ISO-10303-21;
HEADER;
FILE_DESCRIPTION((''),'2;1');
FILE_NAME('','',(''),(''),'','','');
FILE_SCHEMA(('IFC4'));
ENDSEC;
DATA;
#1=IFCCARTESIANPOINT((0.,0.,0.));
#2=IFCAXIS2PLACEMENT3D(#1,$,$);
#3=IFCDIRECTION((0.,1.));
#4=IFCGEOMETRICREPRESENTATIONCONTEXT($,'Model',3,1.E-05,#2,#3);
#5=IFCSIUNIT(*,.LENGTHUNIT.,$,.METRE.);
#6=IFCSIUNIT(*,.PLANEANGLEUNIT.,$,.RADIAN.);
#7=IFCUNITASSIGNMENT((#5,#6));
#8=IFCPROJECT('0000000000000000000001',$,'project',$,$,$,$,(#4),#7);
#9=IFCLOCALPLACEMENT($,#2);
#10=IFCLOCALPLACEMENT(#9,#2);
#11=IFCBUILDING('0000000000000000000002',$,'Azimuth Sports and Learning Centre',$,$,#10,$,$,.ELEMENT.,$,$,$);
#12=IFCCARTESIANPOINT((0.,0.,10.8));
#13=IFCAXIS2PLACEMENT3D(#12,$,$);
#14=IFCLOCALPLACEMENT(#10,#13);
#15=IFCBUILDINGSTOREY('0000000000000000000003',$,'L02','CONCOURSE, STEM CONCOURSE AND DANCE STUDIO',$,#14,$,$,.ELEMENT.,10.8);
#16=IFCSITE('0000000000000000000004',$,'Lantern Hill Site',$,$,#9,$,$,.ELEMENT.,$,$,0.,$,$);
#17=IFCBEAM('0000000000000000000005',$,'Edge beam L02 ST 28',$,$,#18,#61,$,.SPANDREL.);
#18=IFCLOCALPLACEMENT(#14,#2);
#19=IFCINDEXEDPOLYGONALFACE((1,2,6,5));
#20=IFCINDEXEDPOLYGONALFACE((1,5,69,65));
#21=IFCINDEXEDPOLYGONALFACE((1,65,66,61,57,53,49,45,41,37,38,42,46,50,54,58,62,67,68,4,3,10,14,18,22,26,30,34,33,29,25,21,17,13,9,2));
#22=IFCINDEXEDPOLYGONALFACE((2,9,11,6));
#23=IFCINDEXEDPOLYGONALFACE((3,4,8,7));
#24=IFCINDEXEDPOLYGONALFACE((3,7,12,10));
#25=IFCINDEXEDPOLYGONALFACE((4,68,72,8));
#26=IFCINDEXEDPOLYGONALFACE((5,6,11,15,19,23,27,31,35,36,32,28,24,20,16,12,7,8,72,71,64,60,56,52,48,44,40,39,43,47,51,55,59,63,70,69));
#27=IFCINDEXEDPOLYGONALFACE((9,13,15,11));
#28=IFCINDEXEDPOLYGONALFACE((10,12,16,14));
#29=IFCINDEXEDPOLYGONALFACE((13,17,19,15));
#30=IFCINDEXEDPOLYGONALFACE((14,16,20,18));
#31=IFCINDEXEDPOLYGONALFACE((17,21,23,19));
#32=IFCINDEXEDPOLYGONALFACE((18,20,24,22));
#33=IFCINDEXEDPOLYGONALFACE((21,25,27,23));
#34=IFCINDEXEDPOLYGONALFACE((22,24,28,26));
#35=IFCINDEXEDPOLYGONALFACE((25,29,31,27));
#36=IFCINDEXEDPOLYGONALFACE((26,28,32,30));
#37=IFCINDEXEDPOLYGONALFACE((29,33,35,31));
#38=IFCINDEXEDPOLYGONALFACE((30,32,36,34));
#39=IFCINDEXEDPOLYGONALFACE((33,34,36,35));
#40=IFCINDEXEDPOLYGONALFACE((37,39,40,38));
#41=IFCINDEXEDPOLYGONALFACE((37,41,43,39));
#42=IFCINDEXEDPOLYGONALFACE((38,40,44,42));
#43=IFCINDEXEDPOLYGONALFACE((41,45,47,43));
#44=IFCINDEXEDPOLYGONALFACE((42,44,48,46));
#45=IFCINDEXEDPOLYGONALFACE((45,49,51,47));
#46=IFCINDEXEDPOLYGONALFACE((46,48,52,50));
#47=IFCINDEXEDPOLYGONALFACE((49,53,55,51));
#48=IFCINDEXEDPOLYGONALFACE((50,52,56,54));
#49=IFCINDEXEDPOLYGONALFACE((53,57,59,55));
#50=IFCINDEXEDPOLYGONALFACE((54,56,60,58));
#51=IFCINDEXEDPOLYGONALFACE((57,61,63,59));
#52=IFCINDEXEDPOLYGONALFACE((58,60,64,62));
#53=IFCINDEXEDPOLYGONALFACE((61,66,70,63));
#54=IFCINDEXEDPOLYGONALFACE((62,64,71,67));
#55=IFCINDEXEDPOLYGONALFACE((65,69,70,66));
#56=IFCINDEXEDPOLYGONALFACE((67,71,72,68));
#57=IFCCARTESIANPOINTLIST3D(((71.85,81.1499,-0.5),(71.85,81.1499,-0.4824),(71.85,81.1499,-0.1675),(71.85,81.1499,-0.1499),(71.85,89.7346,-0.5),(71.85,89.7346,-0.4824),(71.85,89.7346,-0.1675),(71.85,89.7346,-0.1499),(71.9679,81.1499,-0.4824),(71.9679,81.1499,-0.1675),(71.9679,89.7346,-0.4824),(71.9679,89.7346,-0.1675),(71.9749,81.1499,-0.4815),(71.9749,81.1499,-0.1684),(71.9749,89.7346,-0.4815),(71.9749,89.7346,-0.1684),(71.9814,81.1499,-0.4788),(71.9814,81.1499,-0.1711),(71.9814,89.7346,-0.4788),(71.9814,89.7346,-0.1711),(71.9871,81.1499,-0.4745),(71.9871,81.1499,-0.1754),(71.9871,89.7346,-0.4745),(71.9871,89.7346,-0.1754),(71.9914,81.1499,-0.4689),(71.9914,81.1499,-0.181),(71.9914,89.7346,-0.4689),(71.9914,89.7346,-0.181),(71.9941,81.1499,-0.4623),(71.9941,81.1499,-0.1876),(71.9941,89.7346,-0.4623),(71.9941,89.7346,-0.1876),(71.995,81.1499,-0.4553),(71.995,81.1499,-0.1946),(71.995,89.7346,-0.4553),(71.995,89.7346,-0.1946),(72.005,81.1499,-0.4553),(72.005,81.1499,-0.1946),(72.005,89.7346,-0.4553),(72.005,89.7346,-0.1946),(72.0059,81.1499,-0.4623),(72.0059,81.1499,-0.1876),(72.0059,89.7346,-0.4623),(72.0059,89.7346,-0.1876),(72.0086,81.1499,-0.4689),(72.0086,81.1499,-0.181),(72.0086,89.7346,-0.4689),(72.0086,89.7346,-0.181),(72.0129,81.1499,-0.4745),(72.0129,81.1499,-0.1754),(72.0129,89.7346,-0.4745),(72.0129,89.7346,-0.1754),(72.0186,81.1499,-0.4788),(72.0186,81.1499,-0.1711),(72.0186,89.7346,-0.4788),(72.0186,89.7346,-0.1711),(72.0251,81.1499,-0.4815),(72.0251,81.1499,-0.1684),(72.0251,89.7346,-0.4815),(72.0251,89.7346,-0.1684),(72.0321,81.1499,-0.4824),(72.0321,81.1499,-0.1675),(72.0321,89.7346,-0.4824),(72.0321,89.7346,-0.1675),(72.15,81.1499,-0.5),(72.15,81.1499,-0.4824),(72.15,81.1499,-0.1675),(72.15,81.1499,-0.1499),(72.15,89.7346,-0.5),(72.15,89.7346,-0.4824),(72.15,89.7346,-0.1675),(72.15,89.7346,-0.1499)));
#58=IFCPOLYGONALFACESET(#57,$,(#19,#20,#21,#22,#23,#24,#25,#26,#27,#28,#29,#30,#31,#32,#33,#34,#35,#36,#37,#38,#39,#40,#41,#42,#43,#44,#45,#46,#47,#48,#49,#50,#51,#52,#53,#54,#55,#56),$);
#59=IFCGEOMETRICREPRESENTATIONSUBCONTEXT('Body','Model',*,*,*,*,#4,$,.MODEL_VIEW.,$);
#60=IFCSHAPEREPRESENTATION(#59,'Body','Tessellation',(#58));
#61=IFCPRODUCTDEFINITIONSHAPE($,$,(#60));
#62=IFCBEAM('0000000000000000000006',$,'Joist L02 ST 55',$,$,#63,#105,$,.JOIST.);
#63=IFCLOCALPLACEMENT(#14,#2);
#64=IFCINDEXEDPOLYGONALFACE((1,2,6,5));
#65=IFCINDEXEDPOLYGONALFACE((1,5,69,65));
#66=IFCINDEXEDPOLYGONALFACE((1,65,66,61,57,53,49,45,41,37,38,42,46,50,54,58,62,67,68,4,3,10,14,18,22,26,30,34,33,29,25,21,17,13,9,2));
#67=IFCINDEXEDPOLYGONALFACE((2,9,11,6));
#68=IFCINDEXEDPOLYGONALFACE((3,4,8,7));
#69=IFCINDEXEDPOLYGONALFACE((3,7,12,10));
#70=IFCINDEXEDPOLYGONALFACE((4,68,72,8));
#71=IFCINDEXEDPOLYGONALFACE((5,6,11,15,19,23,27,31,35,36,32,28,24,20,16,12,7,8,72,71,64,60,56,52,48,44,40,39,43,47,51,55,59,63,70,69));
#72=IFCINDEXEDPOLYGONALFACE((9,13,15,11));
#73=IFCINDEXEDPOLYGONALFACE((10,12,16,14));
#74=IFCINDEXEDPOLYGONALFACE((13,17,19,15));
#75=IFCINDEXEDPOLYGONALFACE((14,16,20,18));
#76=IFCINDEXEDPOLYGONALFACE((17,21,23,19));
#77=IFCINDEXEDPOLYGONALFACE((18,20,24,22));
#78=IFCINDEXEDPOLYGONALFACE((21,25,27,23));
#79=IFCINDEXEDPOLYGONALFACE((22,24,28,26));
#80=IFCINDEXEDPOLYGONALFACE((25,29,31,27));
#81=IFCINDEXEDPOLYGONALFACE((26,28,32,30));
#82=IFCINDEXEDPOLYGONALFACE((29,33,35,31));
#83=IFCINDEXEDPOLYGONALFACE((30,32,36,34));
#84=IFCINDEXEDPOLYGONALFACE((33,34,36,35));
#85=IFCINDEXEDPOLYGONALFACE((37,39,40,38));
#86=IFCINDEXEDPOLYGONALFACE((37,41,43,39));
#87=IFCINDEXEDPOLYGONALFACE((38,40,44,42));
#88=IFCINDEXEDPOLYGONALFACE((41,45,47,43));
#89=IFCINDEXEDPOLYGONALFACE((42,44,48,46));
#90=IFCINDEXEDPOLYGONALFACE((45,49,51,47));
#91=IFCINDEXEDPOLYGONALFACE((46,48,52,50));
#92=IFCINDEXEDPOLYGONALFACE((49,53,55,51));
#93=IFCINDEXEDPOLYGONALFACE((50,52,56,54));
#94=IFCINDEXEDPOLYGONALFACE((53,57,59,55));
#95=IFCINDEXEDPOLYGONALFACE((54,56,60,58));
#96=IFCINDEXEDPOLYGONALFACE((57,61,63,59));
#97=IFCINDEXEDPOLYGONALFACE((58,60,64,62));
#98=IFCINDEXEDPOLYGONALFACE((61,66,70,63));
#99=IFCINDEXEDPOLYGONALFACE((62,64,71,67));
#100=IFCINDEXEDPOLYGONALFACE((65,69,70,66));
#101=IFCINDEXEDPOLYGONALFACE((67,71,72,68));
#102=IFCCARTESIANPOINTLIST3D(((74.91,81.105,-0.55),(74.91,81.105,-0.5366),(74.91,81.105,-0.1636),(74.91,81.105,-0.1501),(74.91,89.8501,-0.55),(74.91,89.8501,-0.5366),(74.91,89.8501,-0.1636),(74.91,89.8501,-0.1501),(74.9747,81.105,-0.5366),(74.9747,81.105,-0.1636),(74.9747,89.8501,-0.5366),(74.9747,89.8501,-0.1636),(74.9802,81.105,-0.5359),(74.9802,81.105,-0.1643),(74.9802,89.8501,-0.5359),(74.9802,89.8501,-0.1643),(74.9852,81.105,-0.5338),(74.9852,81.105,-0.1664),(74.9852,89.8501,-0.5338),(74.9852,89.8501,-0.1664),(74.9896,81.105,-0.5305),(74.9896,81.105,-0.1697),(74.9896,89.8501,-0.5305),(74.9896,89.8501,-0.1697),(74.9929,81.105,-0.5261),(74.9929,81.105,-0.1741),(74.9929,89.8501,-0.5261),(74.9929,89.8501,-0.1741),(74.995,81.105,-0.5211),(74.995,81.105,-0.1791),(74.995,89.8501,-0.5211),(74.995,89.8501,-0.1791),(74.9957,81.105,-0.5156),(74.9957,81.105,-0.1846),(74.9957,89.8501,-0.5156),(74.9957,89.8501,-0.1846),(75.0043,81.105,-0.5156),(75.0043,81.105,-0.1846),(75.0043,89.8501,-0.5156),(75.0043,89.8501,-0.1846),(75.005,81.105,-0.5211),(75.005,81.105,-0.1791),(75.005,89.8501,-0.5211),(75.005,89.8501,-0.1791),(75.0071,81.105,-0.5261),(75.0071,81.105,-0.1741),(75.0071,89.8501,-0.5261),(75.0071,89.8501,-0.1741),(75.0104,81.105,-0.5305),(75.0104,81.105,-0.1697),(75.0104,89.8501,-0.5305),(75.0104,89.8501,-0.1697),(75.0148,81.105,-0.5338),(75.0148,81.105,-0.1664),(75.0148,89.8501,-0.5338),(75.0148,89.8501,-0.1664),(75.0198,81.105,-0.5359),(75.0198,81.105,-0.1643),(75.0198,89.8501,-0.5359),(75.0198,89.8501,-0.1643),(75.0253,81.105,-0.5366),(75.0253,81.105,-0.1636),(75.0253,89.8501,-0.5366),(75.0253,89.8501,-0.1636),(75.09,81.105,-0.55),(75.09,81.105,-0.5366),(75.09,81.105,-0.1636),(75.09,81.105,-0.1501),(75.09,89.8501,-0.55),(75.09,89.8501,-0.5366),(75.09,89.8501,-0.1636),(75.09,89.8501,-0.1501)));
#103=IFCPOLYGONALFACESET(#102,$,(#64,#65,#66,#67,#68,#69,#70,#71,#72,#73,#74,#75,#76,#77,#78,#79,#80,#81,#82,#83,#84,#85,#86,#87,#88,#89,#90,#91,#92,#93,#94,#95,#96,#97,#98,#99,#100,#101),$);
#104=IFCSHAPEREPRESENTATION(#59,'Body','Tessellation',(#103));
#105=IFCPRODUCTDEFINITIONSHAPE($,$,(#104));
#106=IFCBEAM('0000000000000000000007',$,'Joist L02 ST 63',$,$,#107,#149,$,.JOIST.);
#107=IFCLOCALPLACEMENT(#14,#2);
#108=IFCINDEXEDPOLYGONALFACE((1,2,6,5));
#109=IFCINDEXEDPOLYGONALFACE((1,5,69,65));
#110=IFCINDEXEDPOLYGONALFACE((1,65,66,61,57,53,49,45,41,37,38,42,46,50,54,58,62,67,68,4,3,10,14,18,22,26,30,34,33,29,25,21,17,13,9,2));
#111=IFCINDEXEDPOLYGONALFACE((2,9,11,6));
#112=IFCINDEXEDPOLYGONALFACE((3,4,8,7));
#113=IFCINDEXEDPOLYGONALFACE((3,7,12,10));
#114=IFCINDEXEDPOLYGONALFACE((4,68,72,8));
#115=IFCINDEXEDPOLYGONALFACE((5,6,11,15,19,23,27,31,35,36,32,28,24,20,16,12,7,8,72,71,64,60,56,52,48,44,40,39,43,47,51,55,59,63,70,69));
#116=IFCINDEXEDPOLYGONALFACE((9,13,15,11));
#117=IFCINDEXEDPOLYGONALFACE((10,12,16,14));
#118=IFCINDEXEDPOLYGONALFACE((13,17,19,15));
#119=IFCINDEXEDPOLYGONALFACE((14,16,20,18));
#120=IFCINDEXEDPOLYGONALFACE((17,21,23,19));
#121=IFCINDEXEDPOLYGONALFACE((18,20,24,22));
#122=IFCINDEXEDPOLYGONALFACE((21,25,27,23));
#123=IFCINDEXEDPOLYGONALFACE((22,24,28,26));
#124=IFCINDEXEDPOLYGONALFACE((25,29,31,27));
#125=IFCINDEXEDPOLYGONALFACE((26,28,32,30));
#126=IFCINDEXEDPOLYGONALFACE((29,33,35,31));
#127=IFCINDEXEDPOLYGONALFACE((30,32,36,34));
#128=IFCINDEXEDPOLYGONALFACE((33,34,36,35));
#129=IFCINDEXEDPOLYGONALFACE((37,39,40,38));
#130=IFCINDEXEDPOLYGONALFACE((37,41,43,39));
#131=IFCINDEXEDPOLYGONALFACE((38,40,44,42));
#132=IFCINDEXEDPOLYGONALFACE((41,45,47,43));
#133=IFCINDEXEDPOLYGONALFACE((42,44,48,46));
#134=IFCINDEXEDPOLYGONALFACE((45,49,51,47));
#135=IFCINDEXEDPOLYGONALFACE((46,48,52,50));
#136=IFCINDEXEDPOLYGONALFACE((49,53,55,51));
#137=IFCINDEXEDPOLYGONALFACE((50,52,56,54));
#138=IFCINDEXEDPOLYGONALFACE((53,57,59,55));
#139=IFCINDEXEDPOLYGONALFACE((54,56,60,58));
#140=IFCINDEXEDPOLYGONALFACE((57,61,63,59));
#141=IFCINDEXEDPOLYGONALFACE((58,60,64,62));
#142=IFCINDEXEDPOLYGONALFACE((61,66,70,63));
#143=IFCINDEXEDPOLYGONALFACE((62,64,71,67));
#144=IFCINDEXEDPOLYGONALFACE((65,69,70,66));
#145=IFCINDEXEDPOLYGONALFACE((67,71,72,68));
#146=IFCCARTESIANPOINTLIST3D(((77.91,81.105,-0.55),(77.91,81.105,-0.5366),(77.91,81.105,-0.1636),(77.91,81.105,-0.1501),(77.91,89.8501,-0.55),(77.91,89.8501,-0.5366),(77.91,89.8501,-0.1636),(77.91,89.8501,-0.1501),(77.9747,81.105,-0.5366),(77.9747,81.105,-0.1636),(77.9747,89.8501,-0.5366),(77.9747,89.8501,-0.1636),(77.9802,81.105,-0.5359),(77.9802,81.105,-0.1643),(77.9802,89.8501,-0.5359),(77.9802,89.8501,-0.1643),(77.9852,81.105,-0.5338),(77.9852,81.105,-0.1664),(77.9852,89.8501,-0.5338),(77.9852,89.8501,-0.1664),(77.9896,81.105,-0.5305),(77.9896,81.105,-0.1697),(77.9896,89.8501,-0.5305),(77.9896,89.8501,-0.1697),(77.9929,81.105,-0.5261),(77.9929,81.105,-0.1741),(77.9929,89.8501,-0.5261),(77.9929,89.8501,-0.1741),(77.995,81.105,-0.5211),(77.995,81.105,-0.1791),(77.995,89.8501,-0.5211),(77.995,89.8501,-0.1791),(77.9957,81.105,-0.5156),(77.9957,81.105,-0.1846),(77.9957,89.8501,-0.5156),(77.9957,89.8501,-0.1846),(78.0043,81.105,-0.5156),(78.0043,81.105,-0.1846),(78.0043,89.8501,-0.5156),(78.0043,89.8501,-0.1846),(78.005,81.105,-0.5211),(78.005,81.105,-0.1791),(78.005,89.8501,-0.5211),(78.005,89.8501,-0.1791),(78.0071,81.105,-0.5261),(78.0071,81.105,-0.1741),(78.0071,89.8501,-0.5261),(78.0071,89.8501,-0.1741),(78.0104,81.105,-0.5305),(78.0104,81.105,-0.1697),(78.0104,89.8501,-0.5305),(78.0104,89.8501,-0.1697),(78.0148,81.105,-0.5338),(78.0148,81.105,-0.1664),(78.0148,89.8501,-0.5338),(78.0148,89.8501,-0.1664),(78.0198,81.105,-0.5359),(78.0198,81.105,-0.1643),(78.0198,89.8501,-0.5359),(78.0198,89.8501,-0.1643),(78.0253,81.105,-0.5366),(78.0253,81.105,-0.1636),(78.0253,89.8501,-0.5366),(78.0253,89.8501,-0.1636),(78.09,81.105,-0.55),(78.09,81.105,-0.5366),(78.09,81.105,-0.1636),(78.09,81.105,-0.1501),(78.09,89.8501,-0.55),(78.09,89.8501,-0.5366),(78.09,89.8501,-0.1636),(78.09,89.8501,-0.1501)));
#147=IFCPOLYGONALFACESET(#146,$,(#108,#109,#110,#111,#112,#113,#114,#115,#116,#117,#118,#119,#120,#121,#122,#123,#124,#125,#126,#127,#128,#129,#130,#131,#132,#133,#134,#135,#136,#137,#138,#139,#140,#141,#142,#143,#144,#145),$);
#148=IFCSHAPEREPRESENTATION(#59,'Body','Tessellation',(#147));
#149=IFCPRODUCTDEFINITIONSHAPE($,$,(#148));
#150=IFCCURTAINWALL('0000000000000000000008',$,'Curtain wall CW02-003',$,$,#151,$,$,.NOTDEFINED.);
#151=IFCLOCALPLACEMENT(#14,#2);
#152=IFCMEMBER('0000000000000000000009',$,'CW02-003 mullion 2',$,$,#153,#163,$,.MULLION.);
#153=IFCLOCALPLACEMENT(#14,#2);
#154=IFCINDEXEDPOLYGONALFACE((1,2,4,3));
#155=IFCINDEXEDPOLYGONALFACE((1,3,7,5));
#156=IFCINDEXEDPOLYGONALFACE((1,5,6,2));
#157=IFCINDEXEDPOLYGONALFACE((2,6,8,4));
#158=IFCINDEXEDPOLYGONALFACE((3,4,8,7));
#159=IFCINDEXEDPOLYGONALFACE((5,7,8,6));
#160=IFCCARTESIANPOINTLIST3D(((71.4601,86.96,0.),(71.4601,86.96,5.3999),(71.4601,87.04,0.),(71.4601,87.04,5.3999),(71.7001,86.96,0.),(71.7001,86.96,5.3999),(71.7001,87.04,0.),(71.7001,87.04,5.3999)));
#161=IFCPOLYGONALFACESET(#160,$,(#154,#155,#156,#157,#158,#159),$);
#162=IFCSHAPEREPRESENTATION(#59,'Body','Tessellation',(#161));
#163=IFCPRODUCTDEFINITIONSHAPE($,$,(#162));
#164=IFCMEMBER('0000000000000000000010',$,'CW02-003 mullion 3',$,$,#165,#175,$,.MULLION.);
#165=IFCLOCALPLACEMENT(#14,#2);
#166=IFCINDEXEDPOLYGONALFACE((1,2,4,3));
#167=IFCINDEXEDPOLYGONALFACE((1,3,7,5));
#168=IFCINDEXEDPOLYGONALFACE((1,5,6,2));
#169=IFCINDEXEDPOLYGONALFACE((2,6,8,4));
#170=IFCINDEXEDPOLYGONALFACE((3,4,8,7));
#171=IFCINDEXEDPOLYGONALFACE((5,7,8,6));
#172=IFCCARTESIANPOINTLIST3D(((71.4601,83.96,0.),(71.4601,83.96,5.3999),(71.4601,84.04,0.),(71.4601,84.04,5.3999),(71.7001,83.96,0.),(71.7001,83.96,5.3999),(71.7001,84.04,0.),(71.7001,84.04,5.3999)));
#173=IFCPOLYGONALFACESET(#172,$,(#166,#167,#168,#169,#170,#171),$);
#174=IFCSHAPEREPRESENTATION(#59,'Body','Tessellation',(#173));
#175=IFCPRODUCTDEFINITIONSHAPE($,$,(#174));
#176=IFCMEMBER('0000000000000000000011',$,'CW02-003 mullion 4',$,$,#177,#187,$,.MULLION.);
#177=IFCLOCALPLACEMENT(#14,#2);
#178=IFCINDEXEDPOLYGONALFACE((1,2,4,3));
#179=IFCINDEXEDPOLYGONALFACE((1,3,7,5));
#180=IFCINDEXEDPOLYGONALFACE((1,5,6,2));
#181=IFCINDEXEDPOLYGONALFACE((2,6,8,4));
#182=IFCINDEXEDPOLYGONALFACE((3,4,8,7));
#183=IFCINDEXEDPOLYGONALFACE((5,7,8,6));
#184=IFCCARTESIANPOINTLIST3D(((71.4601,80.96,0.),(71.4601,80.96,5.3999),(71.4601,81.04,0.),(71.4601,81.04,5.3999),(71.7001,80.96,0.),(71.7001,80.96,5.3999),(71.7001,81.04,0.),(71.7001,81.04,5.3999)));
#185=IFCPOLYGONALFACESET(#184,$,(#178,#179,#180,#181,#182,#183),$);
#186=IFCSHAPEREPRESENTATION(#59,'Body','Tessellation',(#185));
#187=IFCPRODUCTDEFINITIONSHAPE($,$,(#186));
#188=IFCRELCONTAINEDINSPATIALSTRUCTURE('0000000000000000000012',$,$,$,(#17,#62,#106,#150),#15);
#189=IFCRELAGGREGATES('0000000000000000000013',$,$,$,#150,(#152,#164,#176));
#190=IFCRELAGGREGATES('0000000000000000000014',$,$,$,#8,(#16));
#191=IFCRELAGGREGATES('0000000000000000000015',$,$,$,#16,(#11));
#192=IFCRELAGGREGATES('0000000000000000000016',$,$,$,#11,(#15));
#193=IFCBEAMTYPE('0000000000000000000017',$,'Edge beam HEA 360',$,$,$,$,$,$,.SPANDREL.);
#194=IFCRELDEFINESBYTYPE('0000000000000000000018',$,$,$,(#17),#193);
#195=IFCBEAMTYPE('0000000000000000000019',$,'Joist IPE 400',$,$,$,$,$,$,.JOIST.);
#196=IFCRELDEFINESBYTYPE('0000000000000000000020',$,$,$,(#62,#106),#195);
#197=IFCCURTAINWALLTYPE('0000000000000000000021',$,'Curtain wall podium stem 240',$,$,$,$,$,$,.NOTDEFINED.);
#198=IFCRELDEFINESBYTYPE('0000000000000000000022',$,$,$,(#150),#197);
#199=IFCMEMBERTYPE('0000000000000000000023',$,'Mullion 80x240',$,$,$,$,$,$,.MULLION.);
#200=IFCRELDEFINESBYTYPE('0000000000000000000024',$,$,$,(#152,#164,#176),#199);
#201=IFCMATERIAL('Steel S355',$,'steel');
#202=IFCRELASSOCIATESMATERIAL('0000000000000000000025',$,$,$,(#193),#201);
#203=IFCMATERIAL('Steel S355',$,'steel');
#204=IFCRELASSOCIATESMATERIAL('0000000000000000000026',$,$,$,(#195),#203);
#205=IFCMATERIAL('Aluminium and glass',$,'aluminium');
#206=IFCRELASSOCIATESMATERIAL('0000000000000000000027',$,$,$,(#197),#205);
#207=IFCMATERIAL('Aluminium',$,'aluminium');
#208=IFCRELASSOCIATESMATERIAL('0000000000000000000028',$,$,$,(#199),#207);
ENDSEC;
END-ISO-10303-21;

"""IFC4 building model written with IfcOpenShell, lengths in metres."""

from ifc_helpers import new_model, si_unit, direction, frame, origin, origin_2d, place, context, subcontext, project, spatial, rectangle, i_section, extrude, material, material_profile, profile_set, type_object, element, aggregate, save


model = new_model("IFC4")

# Units and contexts
model_context = context("Model", 3, precision=1e-05, world=origin(), true_north=direction((0.0, 1.0)))
body_context = subcontext(model_context, "Body", "Model", "MODEL_VIEW")
ifc_project = project(units=[si_unit("LENGTHUNIT", "METRE"), si_unit("PLANEANGLEUNIT", "RADIAN")], contexts=[model_context])

# Site, building, storey
site_placement = place(None, origin())
site = spatial("IfcSite", under=ifc_project, at=site_placement, Name="Lantern Hill Site", CompositionType="ELEMENT", RefElevation=0.0)
building_placement = place(site_placement, origin())
building = spatial("IfcBuilding", under=site, at=building_placement, Name="Azimuth Sports and Learning Centre", CompositionType="ELEMENT")
storey_placement = place(building_placement, frame((0.0, 0.0, 10.8)))
storey = spatial("IfcBuildingStorey", under=building, at=storey_placement, Name="L02", Description="CONCOURSE, STEM CONCOURSE AND DANCE STUDIO", CompositionType="ELEMENT", Elevation=10.8)

# Beams
ifc_material_1 = material(Name="Steel S355", Category="steel")
ifc_material_profile_1 = material_profile(ifc_material_1, i_section(OverallWidth=0.3, OverallDepth=0.3501, WebThickness=0.01, FlangeThickness=0.0176, FilletRadius=0.0271, at=origin_2d()), Name="HEA 360")
ifc_profile_set_1 = profile_set([ifc_material_profile_1], Name="Steel S355")
beam_type_1 = type_object("IfcBeamType", Name="Edge beam HEA 360", PredefinedType="SPANDREL", material=ifc_profile_set_1)
beam_1_placement = place(storey_placement, frame((72.0, 81.1499, -0.325), z_axis=(0.0, 1.0, 0.0), x_axis=(-1.0, 0.0, 0.0)))
element("IfcBeam", 1, at=beam_1_placement, inside=storey, type_object=beam_type_1, Name="Edge beam L02 ST 28", PredefinedType="SPANDREL", context=body_context, shape_type="SweptSolid", body=[
    extrude(i_section(OverallWidth=0.3, OverallDepth=0.3501, WebThickness=0.01, FlangeThickness=0.0176, FilletRadius=0.0271, at=origin_2d()), origin(), (0.0, 0.0, 1.0), 8.5847),
])
ifc_material_2 = material(Name="Steel S355", Category="steel")
ifc_material_profile_2 = material_profile(ifc_material_2, i_section(OverallWidth=0.1799, OverallDepth=0.3999, WebThickness=0.0085, FlangeThickness=0.0134, FilletRadius=0.021, at=origin_2d()), Name="IPE 400")
ifc_profile_set_2 = profile_set([ifc_material_profile_2], Name="Steel S355")
beam_type_2 = type_object("IfcBeamType", Name="Joist IPE 400", PredefinedType="JOIST", material=ifc_profile_set_2)
for number, where, z_axis, x_axis, name in (
    (2, (75.0, 81.105, -0.3501), (0.0, 1.0, 0.0), (-1.0, 0.0, 0.0), "Joist L02 ST 55"),
    (3, (78.0, 81.105, -0.3501), (0.0, 1.0, 0.0), (-1.0, 0.0, 0.0), "Joist L02 ST 63"),
):
    element("IfcBeam", number, at=place(storey_placement, frame(where, z_axis=z_axis, x_axis=x_axis)), inside=storey, type_object=beam_type_2, Name=name, PredefinedType="JOIST", context=body_context, shape_type="SweptSolid", body=[
        extrude(i_section(OverallWidth=0.1799, OverallDepth=0.3999, WebThickness=0.0085, FlangeThickness=0.0134, FilletRadius=0.021, at=origin_2d()), origin(), (0.0, 0.0, 1.0), 8.7451),
    ])

# Curtain wall, members
ifc_material_3 = material(Name="Aluminium and glass", Category="aluminium")
curtain_wall_type = type_object("IfcCurtainWallType", Name="Curtain wall podium stem 240", PredefinedType="NOTDEFINED", material=ifc_material_3)
curtain_wall_placement = place(storey_placement, origin())
curtain_wall = element("IfcCurtainWall", 4, at=curtain_wall_placement, inside=storey, type_object=curtain_wall_type, Name="Curtain wall CW02-003", PredefinedType="NOTDEFINED")
ifc_material_4 = material(Name="Aluminium", Category="aluminium")
ifc_material_profile_3 = material_profile(ifc_material_4, rectangle(XDim=0.24, YDim=0.0801, at=origin_2d()), Name="Mullion 80x240")
ifc_profile_set_3 = profile_set([ifc_material_profile_3], Name="Aluminium")
member_type_1 = type_object("IfcMemberType", Name="Mullion 80x240", PredefinedType="MULLION", material=ifc_profile_set_3)
member_1_placement = place(storey_placement, frame((71.5801, 87.0, 0.0), z_axis=(0.0, 0.0, 1.0), x_axis=(1.0, 0.0, 0.0)))
member_1 = element("IfcMember", 5, at=member_1_placement, type_object=member_type_1, Name="CW02-003 mullion 2", PredefinedType="MULLION", context=body_context, shape_type="SweptSolid", body=[
    extrude(rectangle(XDim=0.24, YDim=0.0801, at=origin_2d()), origin(), (0.0, 0.0, 1.0), 5.3999),
])
member_2_placement = place(storey_placement, frame((71.5801, 84.0, 0.0), z_axis=(0.0, 0.0, 1.0), x_axis=(1.0, 0.0, 0.0)))
member_2 = element("IfcMember", 6, at=member_2_placement, type_object=member_type_1, Name="CW02-003 mullion 3", PredefinedType="MULLION", context=body_context, shape_type="SweptSolid", body=[
    extrude(rectangle(XDim=0.24, YDim=0.0801, at=origin_2d()), origin(), (0.0, 0.0, 1.0), 5.3999),
])
member_3_placement = place(storey_placement, frame((71.5801, 81.0, 0.0), z_axis=(0.0, 0.0, 1.0), x_axis=(1.0, 0.0, 0.0)))
member_3 = element("IfcMember", 7, at=member_3_placement, type_object=member_type_1, Name="CW02-003 mullion 4", PredefinedType="MULLION", context=body_context, shape_type="SweptSolid", body=[
    extrude(rectangle(XDim=0.24, YDim=0.0801, at=origin_2d()), origin(), (0.0, 0.0, 1.0), 5.3999),
])
aggregate(curtain_wall, [member_1, member_2, member_3])

save(model, "model.ifc")
